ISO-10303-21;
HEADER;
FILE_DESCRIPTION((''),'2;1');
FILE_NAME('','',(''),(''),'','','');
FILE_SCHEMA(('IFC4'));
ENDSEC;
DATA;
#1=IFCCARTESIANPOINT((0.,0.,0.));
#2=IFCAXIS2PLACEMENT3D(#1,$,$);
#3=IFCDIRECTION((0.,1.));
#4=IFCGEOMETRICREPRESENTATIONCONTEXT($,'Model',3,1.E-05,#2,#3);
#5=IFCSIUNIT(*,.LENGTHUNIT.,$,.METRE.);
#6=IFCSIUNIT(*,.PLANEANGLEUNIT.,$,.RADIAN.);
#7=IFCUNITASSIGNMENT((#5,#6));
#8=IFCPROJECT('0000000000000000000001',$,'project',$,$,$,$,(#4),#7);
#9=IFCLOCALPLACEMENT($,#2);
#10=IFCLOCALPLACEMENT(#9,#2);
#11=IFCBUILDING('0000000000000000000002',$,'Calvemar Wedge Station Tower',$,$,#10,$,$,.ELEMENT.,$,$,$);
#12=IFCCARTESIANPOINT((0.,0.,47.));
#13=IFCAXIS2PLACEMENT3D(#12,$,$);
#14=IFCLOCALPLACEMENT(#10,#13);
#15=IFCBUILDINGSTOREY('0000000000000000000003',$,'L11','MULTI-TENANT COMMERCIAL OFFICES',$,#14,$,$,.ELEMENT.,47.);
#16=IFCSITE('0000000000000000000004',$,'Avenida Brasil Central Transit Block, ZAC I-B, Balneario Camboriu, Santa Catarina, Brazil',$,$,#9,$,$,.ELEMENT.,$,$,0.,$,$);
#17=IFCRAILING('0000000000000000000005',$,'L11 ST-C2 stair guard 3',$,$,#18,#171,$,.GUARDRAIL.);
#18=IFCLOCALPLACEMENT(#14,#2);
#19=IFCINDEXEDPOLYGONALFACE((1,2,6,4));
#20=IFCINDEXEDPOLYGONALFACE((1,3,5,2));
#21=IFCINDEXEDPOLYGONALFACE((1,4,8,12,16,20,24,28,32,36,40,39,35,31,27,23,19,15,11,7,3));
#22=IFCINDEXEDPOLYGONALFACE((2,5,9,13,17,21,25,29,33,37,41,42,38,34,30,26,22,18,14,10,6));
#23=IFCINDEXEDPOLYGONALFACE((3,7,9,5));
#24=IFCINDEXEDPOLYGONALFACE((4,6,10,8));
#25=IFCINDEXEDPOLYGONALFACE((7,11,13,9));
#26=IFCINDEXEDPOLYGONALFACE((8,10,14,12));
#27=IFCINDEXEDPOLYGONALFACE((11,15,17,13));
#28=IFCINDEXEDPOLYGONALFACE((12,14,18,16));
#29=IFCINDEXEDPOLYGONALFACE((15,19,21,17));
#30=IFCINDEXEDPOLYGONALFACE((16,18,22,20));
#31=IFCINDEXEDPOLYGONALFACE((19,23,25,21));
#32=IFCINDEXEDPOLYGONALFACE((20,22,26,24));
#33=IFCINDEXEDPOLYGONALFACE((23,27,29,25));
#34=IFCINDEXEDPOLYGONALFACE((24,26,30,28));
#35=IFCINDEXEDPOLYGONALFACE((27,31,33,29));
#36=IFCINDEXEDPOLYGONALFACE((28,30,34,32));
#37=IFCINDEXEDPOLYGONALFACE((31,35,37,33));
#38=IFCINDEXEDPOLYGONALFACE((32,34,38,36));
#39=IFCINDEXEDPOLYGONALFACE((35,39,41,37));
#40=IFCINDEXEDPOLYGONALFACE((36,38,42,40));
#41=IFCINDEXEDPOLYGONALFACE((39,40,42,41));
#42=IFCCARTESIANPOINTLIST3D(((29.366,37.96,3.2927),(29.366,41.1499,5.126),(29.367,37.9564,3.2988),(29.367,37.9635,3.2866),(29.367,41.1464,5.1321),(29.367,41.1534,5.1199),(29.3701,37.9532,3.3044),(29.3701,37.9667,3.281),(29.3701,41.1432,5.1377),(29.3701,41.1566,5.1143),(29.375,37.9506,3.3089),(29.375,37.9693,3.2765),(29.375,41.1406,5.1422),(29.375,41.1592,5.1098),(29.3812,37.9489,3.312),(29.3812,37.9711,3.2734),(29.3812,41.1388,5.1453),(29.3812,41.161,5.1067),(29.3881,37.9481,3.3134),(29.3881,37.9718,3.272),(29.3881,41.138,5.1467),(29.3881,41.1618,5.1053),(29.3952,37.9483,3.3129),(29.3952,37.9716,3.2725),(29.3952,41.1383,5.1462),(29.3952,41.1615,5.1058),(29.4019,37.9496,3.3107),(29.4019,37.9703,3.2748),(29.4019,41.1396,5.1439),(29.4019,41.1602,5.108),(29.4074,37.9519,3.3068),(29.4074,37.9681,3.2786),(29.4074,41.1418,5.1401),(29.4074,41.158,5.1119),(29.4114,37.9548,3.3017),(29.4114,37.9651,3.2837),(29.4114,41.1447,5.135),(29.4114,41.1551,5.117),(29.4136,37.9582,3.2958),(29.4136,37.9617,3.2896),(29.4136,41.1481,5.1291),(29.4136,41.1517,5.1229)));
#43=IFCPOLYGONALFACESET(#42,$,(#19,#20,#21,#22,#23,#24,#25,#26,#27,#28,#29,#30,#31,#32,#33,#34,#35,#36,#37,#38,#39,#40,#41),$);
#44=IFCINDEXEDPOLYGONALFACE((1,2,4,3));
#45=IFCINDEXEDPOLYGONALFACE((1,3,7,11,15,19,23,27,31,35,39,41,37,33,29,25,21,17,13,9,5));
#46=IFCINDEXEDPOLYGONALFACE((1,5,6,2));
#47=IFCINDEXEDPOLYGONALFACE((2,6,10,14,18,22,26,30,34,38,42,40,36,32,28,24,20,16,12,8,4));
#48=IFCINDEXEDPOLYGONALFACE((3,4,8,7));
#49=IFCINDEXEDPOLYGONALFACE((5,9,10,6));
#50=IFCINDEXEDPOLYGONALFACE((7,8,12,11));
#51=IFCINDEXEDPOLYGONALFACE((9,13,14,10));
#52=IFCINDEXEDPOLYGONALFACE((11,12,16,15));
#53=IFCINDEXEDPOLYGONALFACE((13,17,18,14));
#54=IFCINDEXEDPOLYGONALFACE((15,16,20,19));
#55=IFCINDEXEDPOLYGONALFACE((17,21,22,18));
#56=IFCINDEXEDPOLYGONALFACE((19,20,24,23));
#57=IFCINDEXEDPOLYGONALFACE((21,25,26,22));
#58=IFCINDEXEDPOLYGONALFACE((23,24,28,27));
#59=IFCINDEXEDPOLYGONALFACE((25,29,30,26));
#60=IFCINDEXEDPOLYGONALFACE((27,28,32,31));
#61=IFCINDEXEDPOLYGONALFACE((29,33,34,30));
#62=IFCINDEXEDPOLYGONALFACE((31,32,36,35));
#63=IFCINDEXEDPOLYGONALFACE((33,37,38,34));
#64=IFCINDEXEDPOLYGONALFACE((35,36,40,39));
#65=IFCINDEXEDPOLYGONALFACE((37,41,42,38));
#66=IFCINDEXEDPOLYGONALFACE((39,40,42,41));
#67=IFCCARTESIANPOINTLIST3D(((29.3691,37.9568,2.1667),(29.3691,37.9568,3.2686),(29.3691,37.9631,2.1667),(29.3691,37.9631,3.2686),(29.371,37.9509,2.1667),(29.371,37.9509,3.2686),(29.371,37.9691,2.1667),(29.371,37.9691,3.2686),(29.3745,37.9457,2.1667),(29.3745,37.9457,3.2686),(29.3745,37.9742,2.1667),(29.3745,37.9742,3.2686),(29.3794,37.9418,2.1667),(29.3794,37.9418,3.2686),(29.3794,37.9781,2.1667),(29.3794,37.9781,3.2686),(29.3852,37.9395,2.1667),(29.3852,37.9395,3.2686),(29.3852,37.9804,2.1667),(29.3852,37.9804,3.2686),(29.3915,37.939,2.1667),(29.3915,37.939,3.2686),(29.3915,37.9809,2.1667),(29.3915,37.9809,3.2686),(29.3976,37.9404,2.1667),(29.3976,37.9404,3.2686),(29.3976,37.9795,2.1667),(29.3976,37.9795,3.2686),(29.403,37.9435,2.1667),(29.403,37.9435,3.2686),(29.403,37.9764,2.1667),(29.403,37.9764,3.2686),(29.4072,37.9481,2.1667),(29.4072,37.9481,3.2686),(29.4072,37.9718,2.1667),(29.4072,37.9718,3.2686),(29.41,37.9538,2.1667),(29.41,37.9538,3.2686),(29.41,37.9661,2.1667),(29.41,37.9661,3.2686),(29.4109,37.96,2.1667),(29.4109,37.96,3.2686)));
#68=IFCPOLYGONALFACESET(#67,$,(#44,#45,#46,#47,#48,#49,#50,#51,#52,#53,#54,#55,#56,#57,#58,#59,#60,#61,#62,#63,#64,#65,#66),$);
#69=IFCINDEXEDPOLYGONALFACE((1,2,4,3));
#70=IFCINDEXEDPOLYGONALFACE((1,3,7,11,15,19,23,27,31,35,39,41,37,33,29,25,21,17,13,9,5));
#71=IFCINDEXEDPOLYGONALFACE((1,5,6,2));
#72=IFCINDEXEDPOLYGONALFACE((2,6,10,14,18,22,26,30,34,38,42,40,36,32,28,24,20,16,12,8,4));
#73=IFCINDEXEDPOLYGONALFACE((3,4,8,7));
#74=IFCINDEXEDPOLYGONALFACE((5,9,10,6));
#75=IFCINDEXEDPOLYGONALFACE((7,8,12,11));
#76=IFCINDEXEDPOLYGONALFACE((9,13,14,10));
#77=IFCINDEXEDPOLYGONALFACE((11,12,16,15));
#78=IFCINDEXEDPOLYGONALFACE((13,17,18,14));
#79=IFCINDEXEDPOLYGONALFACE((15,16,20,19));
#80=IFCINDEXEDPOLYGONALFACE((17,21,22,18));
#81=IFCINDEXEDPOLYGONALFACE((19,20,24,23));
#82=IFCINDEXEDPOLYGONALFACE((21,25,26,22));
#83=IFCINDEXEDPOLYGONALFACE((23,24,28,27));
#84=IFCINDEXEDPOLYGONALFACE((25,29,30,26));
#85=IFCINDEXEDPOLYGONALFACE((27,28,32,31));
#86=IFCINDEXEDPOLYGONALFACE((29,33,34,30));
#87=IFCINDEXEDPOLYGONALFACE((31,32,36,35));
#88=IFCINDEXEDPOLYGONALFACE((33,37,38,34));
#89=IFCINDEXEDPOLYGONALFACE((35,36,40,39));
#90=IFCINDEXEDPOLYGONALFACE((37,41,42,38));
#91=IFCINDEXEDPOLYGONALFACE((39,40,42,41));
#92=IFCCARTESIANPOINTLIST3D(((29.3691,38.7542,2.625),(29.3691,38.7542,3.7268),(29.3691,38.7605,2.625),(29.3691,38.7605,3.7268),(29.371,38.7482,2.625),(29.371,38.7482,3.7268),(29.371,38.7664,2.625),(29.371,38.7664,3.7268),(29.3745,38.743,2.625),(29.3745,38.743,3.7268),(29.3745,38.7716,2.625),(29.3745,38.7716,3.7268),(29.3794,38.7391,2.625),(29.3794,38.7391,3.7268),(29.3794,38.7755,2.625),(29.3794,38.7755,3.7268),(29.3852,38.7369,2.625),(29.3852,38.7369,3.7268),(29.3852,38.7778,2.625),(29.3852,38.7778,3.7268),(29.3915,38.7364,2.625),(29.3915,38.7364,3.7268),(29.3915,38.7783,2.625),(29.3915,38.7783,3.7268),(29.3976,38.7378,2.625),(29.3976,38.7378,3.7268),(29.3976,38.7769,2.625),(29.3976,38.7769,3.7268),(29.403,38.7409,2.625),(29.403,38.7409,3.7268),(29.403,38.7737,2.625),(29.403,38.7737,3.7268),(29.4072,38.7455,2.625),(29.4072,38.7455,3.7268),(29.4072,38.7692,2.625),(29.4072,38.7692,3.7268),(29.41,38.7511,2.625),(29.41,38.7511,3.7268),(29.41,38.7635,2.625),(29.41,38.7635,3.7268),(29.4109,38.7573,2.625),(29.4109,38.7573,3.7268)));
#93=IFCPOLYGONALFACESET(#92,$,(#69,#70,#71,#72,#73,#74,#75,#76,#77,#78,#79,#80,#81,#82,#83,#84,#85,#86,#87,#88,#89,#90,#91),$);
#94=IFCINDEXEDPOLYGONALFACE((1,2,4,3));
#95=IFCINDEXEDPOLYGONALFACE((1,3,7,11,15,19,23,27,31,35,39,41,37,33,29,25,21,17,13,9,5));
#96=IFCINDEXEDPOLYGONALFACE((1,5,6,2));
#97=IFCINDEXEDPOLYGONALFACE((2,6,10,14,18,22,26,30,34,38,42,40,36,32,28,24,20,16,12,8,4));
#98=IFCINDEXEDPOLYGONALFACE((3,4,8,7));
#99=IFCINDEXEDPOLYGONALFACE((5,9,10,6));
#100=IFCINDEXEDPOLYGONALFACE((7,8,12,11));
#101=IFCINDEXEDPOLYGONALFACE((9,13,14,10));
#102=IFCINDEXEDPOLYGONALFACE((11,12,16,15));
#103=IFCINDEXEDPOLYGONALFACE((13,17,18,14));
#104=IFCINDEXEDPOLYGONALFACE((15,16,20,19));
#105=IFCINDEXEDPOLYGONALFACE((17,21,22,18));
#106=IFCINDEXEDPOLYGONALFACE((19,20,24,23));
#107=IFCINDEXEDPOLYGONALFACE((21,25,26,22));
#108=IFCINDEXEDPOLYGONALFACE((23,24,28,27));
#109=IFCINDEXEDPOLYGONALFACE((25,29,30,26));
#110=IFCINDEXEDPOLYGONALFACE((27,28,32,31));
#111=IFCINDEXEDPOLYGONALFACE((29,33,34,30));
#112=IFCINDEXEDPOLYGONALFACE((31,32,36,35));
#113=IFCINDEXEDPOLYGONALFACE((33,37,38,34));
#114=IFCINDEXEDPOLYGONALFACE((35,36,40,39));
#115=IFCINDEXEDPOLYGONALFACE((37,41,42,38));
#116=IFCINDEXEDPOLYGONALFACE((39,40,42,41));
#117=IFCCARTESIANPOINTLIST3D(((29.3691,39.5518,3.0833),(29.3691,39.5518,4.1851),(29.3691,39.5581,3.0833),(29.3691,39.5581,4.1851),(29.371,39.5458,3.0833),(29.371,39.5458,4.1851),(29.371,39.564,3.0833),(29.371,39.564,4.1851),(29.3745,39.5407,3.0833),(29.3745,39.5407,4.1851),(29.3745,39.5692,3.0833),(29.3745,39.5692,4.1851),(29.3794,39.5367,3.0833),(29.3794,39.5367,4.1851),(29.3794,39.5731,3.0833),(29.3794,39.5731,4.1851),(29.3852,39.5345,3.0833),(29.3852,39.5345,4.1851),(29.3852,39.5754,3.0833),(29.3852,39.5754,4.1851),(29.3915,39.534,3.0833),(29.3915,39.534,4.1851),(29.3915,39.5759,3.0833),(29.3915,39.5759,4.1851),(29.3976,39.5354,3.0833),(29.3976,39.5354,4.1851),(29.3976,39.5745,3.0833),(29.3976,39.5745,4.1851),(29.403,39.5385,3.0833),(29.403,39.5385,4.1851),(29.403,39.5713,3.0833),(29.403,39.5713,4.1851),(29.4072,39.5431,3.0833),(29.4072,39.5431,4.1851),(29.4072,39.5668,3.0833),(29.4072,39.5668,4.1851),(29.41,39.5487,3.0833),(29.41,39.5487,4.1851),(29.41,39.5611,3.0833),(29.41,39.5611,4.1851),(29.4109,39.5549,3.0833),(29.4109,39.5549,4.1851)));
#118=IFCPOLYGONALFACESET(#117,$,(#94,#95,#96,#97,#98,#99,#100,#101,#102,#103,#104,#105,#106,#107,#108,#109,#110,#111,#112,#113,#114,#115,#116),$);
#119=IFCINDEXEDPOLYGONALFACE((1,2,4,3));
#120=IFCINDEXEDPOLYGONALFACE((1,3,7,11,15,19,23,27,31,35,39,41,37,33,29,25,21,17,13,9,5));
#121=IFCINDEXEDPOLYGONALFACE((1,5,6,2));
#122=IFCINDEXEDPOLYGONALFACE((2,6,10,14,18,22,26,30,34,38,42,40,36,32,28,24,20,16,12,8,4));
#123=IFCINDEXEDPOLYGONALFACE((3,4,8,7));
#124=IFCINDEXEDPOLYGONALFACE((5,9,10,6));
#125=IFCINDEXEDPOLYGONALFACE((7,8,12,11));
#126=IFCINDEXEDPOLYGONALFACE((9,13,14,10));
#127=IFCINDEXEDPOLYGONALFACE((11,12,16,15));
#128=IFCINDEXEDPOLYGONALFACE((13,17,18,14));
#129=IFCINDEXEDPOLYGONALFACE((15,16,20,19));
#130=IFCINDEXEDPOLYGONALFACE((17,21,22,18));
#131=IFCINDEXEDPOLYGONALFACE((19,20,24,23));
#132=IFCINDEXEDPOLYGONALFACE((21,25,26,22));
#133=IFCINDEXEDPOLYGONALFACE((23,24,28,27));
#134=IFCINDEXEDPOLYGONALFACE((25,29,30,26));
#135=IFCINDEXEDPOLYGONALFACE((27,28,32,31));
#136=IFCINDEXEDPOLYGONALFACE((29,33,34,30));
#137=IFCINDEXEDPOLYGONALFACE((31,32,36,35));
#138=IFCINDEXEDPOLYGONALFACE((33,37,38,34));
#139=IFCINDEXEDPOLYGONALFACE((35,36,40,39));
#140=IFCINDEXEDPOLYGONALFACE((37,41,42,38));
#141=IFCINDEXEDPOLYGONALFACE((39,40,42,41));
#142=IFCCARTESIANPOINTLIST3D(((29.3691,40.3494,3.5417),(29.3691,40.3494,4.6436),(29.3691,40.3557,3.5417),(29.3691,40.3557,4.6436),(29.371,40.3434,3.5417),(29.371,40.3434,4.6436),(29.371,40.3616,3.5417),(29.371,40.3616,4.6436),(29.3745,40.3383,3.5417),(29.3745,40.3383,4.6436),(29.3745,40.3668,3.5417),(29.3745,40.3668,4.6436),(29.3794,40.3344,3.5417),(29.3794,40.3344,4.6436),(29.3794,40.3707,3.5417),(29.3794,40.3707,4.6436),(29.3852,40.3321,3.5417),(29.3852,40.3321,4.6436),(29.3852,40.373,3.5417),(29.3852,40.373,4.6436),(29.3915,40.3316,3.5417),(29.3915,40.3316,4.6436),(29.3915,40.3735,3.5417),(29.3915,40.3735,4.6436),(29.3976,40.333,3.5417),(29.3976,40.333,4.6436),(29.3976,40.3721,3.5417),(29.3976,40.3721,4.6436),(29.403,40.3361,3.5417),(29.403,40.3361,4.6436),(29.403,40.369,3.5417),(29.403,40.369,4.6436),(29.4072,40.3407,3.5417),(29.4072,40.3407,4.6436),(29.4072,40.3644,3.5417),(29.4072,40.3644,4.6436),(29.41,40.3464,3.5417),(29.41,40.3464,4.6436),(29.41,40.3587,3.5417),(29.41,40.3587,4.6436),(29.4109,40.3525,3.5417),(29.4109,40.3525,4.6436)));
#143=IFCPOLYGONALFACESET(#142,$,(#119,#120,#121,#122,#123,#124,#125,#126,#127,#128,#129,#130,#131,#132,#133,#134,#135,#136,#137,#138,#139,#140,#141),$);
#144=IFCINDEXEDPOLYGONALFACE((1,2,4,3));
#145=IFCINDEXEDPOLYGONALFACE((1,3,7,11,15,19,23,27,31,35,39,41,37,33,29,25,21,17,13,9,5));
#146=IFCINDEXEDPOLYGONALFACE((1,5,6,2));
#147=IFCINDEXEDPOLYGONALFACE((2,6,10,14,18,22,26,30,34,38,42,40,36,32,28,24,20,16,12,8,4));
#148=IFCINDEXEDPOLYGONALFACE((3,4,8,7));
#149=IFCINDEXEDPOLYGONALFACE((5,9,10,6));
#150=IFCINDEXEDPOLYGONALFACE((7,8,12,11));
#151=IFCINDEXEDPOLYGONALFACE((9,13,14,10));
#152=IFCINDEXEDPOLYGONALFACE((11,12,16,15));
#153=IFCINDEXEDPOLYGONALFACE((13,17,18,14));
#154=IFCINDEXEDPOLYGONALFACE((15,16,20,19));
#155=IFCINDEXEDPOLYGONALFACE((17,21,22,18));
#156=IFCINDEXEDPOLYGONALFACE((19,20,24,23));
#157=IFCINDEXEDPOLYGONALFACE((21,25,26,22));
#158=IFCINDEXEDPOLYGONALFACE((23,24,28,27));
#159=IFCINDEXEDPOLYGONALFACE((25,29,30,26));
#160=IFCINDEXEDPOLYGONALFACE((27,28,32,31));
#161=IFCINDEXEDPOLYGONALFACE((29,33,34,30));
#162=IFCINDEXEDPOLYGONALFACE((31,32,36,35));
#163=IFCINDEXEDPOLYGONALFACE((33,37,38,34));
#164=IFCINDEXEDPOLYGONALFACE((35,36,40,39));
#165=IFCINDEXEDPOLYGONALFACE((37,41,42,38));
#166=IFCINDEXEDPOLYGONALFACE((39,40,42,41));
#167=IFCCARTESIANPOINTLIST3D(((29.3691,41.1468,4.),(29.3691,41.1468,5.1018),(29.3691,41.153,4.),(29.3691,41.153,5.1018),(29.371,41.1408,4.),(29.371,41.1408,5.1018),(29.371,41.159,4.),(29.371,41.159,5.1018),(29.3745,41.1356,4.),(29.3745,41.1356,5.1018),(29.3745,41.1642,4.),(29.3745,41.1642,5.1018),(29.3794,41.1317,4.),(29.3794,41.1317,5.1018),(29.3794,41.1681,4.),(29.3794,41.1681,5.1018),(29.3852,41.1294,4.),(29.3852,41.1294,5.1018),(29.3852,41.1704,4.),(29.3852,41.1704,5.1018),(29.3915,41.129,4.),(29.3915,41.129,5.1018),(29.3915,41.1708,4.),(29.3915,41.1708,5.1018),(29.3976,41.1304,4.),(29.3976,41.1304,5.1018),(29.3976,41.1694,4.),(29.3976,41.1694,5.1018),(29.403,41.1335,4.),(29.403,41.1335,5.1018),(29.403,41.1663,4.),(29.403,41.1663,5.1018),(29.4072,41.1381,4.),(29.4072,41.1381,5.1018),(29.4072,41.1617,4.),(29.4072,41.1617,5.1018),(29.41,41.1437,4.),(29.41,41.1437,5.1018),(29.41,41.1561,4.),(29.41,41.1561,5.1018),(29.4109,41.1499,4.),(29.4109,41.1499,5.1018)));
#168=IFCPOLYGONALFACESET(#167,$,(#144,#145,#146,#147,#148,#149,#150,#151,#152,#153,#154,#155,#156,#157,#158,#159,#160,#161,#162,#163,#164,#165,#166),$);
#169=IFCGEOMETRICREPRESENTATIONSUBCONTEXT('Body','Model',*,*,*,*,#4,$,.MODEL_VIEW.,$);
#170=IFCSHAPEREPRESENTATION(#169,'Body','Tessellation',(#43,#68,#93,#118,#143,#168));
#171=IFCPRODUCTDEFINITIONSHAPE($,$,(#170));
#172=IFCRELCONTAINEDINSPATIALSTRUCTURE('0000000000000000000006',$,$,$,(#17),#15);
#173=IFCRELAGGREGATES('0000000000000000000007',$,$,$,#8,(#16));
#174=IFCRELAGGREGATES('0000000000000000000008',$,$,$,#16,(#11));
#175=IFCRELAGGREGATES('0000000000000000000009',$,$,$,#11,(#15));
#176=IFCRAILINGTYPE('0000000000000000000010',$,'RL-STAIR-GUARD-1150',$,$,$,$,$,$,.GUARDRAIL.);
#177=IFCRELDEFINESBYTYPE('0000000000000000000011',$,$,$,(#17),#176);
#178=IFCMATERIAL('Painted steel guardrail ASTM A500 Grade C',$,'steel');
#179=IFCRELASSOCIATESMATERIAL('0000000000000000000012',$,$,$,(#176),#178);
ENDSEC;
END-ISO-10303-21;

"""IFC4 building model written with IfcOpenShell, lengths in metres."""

from ifc_helpers import new_model, si_unit, direction, frame, origin, origin_2d, place, context, subcontext, project, spatial, circle, extrude, material, type_object, element, save


model = new_model("IFC4")

# Units and contexts
model_context = context("Model", 3, precision=1e-05, world=origin(), true_north=direction((0.0, 1.0)))
body_context = subcontext(model_context, "Body", "Model", "MODEL_VIEW")
ifc_project = project(units=[si_unit("LENGTHUNIT", "METRE"), si_unit("PLANEANGLEUNIT", "RADIAN")], contexts=[model_context])

# Site, building, storey
site_placement = place(None, origin())
site = spatial("IfcSite", under=ifc_project, at=site_placement, Name="Avenida Brasil Central Transit Block, ZAC I-B, Balneario Camboriu, Santa Catarina, Brazil", CompositionType="ELEMENT", RefElevation=0.0)
building_placement = place(site_placement, origin())
building = spatial("IfcBuilding", under=site, at=building_placement, Name="Calvemar Wedge Station Tower", CompositionType="ELEMENT")
storey_placement = place(building_placement, frame((0.0, 0.0, 47.0)))
storey = spatial("IfcBuildingStorey", under=building, at=storey_placement, Name="L11", Description="MULTI-TENANT COMMERCIAL OFFICES", CompositionType="ELEMENT", Elevation=47.0)

# Railing
ifc_material_1 = material(Name="Painted steel guardrail ASTM A500 Grade C", Category="steel")
railing_type_1 = type_object("IfcRailingType", Name="RL-STAIR-GUARD-1150", PredefinedType="GUARDRAIL", material=ifc_material_1)
railing_1_placement = place(storey_placement, frame((29.3899, 37.96, 2.1667)))
element("IfcRailing", 1, at=railing_1_placement, inside=storey, type_object=railing_type_1, Name="L11 ST-C2 stair guard 3", PredefinedType="GUARDRAIL", context=body_context, shape_type="SweptSolid", body=[
    extrude(circle(Radius=0.0239, at=origin_2d()), frame((0.0, 0.0, 1.126), z_axis=(0.0, 0.86702, 0.498274), x_axis=(-1.0, 0.0, 0.0)), (0.0, 0.0, 1.0), 3.6792),
    extrude(circle(Radius=0.021, at=origin_2d()), origin(), (0.0, 0.0, 1.0), 1.1018),
    extrude(circle(Radius=0.021, at=origin_2d()), frame((0.0, 0.7974, 0.4583)), (0.0, 0.0, 1.0), 1.1018),
    extrude(circle(Radius=0.021, at=origin_2d()), frame((0.0, 1.595, 0.9165)), (0.0, 0.0, 1.0), 1.1018),
    extrude(circle(Radius=0.021, at=origin_2d()), frame((0.0, 2.3926, 1.375)), (0.0, 0.0, 1.0), 1.1018),
    extrude(circle(Radius=0.021, at=origin_2d()), frame((0.0, 3.1899, 1.8333)), (0.0, 0.0, 1.0), 1.1018),
])

save(model, "model.ifc")
